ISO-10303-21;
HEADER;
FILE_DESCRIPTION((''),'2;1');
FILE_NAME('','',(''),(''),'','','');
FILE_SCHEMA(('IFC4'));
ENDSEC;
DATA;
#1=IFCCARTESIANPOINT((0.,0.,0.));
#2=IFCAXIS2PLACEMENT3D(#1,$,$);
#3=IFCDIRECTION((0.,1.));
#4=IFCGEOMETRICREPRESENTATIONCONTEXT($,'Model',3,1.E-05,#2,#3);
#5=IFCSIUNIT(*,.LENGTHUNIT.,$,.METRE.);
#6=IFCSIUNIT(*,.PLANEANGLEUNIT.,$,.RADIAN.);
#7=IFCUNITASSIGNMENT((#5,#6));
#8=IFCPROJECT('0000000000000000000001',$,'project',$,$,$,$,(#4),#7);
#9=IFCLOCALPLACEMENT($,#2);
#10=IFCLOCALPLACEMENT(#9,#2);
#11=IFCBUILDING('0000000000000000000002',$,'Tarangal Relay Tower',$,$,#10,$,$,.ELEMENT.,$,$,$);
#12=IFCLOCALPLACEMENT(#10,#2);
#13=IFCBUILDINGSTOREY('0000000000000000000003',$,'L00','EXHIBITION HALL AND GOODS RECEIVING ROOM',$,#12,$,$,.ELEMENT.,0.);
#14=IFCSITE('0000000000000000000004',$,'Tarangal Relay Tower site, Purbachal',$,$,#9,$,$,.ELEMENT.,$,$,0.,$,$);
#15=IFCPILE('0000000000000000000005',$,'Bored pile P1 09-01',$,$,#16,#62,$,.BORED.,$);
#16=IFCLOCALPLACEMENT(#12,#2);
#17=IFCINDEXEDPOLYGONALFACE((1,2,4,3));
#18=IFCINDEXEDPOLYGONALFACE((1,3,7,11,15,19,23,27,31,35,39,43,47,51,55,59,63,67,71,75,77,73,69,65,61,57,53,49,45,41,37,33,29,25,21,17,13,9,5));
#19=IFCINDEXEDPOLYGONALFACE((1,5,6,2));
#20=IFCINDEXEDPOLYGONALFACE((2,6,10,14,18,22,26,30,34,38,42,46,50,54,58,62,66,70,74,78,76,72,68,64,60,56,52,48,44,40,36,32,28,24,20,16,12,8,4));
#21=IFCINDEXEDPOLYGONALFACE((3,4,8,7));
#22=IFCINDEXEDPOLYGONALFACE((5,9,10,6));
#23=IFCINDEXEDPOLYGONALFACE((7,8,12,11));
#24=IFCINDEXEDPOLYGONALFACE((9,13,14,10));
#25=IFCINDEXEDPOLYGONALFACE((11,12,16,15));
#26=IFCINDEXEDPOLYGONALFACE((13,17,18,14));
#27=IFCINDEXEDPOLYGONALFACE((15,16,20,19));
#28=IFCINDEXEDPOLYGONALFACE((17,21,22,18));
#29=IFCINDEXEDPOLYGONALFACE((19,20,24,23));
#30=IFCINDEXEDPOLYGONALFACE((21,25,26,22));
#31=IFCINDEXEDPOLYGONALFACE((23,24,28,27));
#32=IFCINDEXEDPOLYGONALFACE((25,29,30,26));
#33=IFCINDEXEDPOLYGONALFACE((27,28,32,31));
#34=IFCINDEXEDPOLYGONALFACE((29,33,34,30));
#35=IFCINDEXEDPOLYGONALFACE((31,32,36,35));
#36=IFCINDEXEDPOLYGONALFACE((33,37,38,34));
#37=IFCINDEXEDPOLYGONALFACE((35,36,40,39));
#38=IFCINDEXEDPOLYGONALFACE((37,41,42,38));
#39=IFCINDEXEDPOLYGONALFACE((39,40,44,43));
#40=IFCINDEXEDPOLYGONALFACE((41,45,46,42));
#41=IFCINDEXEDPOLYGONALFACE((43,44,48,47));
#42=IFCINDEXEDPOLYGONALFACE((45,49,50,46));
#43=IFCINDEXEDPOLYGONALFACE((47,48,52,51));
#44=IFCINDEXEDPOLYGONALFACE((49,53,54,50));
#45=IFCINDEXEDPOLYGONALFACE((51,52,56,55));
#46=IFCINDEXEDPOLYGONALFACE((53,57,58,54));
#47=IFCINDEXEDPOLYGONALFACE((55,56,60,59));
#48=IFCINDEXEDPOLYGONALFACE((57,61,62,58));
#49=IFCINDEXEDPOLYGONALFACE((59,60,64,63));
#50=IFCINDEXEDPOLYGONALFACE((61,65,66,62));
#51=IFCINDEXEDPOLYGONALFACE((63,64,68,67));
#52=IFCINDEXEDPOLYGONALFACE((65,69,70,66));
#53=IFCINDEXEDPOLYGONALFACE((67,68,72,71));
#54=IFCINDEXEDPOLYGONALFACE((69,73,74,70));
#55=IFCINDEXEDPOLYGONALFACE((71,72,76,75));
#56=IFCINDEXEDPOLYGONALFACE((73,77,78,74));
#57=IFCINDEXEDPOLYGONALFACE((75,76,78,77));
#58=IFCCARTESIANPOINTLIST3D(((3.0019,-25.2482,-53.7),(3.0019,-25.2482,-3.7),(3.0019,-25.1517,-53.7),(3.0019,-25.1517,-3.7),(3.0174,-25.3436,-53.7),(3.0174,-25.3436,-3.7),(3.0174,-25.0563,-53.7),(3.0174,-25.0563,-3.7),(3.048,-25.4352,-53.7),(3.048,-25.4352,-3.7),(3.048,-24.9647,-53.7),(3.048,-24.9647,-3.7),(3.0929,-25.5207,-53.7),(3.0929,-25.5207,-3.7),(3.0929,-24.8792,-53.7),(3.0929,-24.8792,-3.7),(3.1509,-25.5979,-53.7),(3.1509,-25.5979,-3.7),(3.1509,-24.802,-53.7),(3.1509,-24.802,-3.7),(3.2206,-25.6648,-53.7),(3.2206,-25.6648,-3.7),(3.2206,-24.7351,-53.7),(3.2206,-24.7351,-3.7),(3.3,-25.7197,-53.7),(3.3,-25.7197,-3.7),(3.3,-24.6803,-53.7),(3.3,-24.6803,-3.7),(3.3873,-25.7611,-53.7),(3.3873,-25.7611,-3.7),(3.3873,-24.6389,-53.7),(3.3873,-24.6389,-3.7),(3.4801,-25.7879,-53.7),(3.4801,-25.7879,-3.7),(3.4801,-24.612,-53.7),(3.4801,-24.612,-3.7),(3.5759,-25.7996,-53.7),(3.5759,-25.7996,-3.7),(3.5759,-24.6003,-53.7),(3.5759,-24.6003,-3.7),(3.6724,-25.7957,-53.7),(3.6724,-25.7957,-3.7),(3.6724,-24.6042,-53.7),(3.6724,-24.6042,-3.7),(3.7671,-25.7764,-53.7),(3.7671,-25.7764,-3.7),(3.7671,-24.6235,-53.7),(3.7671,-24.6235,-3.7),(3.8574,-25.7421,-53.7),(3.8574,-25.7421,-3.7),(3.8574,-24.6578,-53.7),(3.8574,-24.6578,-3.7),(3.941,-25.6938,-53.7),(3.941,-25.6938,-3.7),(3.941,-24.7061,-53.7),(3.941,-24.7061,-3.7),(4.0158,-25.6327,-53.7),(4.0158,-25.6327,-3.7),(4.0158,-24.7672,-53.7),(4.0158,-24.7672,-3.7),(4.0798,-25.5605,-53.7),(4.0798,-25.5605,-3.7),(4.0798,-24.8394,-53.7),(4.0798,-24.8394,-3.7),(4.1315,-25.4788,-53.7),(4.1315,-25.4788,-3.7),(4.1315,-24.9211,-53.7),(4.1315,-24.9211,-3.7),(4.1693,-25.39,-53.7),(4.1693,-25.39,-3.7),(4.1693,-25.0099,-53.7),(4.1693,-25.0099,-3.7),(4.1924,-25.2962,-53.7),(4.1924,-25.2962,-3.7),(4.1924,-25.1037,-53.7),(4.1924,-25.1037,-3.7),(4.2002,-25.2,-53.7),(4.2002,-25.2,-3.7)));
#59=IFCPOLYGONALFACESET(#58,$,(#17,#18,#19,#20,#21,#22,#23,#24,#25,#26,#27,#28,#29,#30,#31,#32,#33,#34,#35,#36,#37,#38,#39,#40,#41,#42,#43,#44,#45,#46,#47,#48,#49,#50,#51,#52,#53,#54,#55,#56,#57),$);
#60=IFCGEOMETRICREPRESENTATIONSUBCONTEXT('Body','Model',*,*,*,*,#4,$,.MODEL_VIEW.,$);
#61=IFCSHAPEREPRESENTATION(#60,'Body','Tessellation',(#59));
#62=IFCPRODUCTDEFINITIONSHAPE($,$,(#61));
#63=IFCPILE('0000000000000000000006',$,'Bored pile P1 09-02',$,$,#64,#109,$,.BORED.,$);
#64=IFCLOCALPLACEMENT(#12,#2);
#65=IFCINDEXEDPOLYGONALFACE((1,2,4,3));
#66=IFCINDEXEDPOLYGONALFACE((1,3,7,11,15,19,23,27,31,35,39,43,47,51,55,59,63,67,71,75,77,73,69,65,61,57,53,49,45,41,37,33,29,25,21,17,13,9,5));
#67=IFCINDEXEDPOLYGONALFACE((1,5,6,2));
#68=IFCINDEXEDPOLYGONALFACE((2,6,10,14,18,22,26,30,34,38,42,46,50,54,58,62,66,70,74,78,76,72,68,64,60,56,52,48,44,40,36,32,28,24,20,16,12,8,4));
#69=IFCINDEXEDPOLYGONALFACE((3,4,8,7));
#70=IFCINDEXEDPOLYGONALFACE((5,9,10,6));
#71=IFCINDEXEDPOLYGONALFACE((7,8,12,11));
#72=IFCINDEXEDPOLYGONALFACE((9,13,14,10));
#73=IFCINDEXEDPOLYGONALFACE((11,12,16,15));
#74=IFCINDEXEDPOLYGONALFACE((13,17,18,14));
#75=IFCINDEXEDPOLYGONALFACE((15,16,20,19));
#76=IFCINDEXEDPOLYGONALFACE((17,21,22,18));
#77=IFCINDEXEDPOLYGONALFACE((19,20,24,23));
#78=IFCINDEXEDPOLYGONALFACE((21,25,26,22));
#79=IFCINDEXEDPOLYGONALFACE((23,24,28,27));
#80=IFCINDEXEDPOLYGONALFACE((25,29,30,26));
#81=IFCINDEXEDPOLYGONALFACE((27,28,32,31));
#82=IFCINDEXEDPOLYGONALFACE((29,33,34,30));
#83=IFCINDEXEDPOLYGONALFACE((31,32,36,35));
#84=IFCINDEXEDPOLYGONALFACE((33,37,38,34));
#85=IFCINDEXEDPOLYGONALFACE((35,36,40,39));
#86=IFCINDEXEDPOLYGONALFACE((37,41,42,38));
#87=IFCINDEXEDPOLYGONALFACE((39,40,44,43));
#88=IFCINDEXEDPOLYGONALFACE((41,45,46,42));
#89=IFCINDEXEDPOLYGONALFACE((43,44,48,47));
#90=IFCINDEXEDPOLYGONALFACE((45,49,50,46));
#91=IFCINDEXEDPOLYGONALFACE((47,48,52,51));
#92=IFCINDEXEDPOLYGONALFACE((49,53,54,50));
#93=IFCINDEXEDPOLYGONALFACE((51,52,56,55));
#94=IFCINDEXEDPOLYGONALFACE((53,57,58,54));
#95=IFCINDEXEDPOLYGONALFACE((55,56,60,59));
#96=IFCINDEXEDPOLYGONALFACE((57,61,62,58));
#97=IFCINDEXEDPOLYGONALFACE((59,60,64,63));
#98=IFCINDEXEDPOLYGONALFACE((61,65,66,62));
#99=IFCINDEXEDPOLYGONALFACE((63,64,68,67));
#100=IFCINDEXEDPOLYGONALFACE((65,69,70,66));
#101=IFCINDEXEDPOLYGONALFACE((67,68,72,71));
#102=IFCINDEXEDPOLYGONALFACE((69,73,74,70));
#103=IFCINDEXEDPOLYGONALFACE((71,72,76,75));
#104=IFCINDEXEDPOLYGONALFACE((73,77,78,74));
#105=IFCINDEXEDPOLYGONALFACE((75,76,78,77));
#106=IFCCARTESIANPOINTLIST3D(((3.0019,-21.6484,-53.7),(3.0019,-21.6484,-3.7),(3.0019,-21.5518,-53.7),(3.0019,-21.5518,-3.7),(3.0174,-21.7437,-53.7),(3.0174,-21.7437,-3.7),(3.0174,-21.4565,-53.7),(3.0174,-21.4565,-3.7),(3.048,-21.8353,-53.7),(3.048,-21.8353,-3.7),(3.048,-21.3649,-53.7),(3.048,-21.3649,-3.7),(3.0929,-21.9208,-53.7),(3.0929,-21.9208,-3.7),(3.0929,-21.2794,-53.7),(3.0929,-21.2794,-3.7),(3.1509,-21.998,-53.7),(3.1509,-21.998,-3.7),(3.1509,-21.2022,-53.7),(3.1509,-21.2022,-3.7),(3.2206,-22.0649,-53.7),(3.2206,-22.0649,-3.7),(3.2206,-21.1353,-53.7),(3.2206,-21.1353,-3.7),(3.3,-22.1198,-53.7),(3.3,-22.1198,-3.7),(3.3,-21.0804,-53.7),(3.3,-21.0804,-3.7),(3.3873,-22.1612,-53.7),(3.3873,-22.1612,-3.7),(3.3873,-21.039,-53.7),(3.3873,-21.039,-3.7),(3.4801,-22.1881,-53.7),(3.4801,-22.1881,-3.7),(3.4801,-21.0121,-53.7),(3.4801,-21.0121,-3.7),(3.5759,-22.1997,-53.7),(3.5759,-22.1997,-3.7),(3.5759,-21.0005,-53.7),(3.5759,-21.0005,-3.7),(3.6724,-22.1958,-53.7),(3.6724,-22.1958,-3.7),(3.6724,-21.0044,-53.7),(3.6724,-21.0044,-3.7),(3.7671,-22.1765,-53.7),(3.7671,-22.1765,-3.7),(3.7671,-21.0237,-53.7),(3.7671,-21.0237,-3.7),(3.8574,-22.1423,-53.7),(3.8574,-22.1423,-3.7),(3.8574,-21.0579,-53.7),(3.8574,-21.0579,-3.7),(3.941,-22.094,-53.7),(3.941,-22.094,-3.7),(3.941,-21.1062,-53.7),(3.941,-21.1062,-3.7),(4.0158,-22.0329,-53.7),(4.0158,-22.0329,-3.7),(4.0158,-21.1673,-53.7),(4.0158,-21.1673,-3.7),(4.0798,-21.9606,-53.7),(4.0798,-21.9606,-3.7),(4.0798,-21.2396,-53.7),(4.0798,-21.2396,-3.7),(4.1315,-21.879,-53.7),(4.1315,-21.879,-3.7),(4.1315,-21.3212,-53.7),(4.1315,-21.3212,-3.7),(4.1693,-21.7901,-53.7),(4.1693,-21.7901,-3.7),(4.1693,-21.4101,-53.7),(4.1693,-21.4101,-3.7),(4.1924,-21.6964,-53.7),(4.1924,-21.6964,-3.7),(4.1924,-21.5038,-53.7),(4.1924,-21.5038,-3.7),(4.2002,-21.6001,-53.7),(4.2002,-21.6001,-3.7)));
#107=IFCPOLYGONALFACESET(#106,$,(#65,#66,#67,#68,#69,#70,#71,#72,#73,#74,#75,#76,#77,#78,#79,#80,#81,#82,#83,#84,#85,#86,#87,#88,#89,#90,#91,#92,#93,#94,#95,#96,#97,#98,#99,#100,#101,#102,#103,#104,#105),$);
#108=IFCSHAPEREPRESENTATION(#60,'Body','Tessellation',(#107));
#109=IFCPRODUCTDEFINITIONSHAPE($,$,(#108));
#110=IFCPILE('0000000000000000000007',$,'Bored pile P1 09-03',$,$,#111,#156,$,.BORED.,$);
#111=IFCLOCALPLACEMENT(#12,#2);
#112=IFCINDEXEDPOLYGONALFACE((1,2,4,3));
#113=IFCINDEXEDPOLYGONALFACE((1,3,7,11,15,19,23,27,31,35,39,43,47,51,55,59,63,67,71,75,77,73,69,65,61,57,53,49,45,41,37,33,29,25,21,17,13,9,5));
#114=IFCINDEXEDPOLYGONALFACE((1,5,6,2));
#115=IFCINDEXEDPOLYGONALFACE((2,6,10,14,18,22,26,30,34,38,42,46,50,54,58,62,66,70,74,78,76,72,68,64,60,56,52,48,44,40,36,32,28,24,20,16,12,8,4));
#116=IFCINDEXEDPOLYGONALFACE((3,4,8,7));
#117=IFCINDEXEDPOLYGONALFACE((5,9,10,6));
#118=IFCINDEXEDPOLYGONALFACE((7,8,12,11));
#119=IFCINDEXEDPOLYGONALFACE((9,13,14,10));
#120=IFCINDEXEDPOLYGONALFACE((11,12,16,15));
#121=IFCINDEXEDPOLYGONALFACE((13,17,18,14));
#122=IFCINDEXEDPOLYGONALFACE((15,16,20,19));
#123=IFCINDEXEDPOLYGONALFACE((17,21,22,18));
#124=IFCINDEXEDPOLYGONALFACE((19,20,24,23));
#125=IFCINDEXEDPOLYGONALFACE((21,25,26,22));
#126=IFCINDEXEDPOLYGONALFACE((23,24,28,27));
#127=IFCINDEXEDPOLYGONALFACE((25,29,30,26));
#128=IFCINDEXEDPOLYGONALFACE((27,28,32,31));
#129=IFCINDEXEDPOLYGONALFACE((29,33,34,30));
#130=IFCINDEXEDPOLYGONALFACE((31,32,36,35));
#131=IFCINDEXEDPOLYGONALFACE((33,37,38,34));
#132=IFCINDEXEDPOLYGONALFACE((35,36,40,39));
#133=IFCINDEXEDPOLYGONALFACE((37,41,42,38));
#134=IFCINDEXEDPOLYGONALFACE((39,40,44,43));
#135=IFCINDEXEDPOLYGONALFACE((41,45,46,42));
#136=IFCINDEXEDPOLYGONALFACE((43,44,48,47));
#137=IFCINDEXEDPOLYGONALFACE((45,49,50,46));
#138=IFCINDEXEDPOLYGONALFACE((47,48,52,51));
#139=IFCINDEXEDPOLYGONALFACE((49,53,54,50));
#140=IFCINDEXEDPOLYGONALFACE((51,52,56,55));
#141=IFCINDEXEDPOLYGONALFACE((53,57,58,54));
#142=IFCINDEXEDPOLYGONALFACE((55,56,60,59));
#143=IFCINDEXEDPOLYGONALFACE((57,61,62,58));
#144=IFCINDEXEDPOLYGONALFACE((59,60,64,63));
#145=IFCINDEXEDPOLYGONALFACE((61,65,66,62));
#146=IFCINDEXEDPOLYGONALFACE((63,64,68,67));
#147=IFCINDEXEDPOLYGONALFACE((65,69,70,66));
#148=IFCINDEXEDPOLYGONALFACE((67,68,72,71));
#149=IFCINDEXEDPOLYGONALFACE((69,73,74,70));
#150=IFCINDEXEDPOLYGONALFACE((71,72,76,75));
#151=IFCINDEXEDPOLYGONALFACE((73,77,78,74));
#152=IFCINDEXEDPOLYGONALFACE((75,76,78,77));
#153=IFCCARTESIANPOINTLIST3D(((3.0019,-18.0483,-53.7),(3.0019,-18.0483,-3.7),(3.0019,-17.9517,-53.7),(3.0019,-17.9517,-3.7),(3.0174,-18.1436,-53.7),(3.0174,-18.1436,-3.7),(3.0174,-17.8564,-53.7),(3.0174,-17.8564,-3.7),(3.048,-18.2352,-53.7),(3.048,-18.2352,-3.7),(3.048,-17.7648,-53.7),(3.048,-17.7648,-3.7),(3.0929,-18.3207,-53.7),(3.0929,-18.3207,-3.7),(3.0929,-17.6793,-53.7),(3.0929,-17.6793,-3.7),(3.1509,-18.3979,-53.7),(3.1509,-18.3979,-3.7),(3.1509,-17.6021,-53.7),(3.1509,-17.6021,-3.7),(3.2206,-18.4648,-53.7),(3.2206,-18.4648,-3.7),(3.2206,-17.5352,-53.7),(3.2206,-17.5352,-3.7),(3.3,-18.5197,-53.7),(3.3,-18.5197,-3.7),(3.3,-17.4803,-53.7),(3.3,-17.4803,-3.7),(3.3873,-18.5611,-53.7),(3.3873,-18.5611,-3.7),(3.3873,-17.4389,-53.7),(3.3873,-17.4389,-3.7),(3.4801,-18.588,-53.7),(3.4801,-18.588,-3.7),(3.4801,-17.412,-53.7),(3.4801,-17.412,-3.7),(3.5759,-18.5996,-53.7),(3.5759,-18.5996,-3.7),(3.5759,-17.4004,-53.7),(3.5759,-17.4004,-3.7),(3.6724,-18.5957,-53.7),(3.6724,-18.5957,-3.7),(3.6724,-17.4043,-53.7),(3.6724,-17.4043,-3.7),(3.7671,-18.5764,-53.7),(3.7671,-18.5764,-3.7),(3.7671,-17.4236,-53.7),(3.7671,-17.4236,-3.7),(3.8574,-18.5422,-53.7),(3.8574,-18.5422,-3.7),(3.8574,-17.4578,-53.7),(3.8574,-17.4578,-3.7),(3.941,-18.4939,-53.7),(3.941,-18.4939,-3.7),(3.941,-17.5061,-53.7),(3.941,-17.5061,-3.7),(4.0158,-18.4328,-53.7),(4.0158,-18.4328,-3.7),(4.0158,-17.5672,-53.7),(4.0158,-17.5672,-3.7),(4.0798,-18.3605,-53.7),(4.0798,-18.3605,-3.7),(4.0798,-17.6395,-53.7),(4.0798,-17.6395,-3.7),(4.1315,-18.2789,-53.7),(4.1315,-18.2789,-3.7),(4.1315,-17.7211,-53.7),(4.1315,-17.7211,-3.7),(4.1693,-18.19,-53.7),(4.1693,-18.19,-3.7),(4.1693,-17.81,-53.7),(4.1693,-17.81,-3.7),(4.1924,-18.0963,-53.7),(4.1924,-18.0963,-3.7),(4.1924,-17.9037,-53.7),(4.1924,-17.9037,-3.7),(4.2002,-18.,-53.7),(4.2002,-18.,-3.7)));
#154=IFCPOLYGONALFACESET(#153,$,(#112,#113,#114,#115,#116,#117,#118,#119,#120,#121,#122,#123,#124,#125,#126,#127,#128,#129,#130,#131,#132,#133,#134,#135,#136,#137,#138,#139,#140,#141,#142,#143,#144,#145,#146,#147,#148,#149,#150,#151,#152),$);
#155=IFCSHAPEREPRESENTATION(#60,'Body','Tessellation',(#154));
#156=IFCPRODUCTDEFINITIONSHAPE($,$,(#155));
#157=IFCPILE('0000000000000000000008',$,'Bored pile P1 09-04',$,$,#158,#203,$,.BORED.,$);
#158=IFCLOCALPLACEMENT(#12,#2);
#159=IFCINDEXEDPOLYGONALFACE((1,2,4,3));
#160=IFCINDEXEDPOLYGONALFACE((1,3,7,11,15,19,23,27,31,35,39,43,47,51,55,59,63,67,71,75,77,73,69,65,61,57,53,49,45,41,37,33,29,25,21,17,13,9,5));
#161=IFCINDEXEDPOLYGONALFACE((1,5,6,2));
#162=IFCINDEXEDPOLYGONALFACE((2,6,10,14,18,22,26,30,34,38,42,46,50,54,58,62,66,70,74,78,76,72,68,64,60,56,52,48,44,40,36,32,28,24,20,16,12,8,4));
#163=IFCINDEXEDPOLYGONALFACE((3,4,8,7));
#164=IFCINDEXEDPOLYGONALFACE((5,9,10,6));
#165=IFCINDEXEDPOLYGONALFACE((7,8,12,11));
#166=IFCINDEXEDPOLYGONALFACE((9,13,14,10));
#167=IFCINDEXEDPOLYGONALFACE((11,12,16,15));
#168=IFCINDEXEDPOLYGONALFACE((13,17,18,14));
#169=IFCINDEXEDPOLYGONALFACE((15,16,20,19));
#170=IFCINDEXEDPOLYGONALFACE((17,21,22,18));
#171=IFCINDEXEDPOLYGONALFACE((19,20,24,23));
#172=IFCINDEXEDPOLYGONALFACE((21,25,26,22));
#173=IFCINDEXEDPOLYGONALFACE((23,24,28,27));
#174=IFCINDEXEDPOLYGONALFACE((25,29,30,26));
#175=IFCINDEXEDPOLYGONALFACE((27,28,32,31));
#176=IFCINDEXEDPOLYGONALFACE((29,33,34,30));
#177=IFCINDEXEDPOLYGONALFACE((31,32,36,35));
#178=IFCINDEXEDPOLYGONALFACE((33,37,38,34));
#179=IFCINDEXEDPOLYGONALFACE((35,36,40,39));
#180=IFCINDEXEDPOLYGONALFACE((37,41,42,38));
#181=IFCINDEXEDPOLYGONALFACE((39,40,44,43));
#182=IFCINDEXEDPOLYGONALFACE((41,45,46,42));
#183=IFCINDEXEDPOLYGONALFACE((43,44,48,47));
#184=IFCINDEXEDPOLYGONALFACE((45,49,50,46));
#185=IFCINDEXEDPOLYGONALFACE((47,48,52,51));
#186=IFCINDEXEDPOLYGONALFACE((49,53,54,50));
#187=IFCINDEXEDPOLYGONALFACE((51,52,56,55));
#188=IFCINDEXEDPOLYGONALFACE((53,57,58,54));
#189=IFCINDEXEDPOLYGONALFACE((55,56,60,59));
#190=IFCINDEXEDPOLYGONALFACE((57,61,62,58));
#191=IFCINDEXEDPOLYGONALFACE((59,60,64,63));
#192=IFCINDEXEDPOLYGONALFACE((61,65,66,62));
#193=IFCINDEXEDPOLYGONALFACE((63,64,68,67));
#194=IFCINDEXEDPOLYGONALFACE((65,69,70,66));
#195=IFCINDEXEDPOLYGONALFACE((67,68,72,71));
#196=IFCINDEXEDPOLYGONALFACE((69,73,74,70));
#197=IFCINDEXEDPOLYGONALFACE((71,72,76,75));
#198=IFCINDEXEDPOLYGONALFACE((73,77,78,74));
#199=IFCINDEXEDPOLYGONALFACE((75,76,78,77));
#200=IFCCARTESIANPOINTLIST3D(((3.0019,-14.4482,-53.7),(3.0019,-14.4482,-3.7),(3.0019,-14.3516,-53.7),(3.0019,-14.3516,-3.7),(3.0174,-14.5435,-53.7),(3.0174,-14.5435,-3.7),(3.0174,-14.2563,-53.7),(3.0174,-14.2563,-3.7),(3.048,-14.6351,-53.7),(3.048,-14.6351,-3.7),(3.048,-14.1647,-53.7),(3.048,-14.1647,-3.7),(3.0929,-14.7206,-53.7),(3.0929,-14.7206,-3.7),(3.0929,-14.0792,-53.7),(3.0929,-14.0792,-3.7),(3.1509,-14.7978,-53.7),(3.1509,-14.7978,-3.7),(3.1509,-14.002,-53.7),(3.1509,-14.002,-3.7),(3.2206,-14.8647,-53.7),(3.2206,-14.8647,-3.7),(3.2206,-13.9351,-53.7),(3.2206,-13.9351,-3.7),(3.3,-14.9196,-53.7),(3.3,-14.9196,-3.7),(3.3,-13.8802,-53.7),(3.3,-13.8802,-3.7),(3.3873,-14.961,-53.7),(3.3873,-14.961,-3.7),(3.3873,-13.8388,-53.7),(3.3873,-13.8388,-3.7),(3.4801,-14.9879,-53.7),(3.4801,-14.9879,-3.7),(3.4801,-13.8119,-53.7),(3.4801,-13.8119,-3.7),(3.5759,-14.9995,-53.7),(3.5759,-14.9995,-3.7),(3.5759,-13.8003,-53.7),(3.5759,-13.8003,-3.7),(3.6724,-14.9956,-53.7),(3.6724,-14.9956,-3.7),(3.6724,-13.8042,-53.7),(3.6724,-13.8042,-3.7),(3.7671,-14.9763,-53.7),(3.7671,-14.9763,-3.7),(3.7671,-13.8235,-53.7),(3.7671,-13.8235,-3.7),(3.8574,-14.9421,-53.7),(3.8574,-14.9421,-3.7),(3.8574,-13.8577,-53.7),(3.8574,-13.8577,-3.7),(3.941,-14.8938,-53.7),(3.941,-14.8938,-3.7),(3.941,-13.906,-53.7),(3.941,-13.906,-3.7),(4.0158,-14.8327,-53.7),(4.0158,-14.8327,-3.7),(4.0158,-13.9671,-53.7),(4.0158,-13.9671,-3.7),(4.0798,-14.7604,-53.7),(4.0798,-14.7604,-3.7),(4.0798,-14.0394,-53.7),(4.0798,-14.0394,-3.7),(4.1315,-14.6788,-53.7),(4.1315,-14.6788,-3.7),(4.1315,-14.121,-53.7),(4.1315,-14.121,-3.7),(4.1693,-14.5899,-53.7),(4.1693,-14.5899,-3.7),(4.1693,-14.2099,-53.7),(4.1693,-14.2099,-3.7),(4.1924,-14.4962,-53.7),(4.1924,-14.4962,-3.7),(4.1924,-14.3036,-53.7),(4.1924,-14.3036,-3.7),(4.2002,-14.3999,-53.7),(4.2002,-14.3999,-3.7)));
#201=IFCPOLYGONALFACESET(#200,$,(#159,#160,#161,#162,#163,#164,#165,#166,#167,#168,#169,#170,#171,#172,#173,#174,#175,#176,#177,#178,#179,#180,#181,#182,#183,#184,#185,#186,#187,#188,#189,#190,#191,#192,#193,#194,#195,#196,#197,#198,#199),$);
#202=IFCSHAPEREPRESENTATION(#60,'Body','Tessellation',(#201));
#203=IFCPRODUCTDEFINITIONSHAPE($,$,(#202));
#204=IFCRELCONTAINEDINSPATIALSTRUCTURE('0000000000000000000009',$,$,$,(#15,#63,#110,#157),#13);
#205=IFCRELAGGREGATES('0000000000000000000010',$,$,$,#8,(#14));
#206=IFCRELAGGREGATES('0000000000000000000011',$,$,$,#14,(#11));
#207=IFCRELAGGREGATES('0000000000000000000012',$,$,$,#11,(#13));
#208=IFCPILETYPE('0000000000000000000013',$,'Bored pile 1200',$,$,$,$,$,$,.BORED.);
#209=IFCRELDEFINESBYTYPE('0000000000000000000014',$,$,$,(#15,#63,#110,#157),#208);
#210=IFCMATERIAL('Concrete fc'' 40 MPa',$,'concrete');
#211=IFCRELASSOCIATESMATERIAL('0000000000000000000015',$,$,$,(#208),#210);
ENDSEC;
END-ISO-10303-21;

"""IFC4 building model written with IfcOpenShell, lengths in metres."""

from ifc_helpers import new_model, si_unit, direction, frame, origin, origin_2d, place, context, subcontext, project, spatial, circle, extrude, material, material_profile, profile_set, type_object, element, save


model = new_model("IFC4")

# Units and contexts
model_context = context("Model", 3, precision=1e-05, world=origin(), true_north=direction((0.0, 1.0)))
body_context = subcontext(model_context, "Body", "Model", "MODEL_VIEW")
ifc_project = project(units=[si_unit("LENGTHUNIT", "METRE"), si_unit("PLANEANGLEUNIT", "RADIAN")], contexts=[model_context])

# Site, building, storey
site_placement = place(None, origin())
site = spatial("IfcSite", under=ifc_project, at=site_placement, Name="Tarangal Relay Tower site, Purbachal", CompositionType="ELEMENT", RefElevation=0.0)
building_placement = place(site_placement, origin())
building = spatial("IfcBuilding", under=site, at=building_placement, Name="Tarangal Relay Tower", CompositionType="ELEMENT")
storey_placement = place(building_placement, origin())
storey = spatial("IfcBuildingStorey", under=building, at=storey_placement, Name="L00", Description="EXHIBITION HALL AND GOODS RECEIVING ROOM", CompositionType="ELEMENT", Elevation=0.0)

# Piles
ifc_material_1 = material(Name="Concrete fc' 40 MPa", Category="concrete")
ifc_material_profile_1 = material_profile(ifc_material_1, circle(Radius=0.6001, at=origin_2d()), Name="D1200")
ifc_profile_set_1 = profile_set([ifc_material_profile_1], Name="Concrete fc' 40 MPa")
pile_type = type_object("IfcPileType", Name="Bored pile 1200", PredefinedType="BORED", material=ifc_profile_set_1)
for number, where, z_axis, x_axis, name in (
    (1, (3.6001, -25.2, -3.7), (0.0, 0.0, -1.0), (1.0, 0.0, 0.0), "Bored pile P1 09-01"),
    (2, (3.6001, -21.6001, -3.7), (0.0, 0.0, -1.0), (1.0, 0.0, 0.0), "Bored pile P1 09-02"),
    (3, (3.6001, -18.0, -3.7), (0.0, 0.0, -1.0), (1.0, 0.0, 0.0), "Bored pile P1 09-03"),
    (4, (3.6001, -14.3999, -3.7), (0.0, 0.0, -1.0), (1.0, 0.0, 0.0), "Bored pile P1 09-04"),
):
    element("IfcPile", number, at=place(storey_placement, frame(where, z_axis=z_axis, x_axis=x_axis)), inside=storey, type_object=pile_type, Name=name, PredefinedType="BORED", context=body_context, shape_type="SweptSolid", body=[
        extrude(circle(Radius=0.6001, at=origin_2d()), origin(), (0.0, 0.0, 1.0), 50.0),
    ])

save(model, "model.ifc")
